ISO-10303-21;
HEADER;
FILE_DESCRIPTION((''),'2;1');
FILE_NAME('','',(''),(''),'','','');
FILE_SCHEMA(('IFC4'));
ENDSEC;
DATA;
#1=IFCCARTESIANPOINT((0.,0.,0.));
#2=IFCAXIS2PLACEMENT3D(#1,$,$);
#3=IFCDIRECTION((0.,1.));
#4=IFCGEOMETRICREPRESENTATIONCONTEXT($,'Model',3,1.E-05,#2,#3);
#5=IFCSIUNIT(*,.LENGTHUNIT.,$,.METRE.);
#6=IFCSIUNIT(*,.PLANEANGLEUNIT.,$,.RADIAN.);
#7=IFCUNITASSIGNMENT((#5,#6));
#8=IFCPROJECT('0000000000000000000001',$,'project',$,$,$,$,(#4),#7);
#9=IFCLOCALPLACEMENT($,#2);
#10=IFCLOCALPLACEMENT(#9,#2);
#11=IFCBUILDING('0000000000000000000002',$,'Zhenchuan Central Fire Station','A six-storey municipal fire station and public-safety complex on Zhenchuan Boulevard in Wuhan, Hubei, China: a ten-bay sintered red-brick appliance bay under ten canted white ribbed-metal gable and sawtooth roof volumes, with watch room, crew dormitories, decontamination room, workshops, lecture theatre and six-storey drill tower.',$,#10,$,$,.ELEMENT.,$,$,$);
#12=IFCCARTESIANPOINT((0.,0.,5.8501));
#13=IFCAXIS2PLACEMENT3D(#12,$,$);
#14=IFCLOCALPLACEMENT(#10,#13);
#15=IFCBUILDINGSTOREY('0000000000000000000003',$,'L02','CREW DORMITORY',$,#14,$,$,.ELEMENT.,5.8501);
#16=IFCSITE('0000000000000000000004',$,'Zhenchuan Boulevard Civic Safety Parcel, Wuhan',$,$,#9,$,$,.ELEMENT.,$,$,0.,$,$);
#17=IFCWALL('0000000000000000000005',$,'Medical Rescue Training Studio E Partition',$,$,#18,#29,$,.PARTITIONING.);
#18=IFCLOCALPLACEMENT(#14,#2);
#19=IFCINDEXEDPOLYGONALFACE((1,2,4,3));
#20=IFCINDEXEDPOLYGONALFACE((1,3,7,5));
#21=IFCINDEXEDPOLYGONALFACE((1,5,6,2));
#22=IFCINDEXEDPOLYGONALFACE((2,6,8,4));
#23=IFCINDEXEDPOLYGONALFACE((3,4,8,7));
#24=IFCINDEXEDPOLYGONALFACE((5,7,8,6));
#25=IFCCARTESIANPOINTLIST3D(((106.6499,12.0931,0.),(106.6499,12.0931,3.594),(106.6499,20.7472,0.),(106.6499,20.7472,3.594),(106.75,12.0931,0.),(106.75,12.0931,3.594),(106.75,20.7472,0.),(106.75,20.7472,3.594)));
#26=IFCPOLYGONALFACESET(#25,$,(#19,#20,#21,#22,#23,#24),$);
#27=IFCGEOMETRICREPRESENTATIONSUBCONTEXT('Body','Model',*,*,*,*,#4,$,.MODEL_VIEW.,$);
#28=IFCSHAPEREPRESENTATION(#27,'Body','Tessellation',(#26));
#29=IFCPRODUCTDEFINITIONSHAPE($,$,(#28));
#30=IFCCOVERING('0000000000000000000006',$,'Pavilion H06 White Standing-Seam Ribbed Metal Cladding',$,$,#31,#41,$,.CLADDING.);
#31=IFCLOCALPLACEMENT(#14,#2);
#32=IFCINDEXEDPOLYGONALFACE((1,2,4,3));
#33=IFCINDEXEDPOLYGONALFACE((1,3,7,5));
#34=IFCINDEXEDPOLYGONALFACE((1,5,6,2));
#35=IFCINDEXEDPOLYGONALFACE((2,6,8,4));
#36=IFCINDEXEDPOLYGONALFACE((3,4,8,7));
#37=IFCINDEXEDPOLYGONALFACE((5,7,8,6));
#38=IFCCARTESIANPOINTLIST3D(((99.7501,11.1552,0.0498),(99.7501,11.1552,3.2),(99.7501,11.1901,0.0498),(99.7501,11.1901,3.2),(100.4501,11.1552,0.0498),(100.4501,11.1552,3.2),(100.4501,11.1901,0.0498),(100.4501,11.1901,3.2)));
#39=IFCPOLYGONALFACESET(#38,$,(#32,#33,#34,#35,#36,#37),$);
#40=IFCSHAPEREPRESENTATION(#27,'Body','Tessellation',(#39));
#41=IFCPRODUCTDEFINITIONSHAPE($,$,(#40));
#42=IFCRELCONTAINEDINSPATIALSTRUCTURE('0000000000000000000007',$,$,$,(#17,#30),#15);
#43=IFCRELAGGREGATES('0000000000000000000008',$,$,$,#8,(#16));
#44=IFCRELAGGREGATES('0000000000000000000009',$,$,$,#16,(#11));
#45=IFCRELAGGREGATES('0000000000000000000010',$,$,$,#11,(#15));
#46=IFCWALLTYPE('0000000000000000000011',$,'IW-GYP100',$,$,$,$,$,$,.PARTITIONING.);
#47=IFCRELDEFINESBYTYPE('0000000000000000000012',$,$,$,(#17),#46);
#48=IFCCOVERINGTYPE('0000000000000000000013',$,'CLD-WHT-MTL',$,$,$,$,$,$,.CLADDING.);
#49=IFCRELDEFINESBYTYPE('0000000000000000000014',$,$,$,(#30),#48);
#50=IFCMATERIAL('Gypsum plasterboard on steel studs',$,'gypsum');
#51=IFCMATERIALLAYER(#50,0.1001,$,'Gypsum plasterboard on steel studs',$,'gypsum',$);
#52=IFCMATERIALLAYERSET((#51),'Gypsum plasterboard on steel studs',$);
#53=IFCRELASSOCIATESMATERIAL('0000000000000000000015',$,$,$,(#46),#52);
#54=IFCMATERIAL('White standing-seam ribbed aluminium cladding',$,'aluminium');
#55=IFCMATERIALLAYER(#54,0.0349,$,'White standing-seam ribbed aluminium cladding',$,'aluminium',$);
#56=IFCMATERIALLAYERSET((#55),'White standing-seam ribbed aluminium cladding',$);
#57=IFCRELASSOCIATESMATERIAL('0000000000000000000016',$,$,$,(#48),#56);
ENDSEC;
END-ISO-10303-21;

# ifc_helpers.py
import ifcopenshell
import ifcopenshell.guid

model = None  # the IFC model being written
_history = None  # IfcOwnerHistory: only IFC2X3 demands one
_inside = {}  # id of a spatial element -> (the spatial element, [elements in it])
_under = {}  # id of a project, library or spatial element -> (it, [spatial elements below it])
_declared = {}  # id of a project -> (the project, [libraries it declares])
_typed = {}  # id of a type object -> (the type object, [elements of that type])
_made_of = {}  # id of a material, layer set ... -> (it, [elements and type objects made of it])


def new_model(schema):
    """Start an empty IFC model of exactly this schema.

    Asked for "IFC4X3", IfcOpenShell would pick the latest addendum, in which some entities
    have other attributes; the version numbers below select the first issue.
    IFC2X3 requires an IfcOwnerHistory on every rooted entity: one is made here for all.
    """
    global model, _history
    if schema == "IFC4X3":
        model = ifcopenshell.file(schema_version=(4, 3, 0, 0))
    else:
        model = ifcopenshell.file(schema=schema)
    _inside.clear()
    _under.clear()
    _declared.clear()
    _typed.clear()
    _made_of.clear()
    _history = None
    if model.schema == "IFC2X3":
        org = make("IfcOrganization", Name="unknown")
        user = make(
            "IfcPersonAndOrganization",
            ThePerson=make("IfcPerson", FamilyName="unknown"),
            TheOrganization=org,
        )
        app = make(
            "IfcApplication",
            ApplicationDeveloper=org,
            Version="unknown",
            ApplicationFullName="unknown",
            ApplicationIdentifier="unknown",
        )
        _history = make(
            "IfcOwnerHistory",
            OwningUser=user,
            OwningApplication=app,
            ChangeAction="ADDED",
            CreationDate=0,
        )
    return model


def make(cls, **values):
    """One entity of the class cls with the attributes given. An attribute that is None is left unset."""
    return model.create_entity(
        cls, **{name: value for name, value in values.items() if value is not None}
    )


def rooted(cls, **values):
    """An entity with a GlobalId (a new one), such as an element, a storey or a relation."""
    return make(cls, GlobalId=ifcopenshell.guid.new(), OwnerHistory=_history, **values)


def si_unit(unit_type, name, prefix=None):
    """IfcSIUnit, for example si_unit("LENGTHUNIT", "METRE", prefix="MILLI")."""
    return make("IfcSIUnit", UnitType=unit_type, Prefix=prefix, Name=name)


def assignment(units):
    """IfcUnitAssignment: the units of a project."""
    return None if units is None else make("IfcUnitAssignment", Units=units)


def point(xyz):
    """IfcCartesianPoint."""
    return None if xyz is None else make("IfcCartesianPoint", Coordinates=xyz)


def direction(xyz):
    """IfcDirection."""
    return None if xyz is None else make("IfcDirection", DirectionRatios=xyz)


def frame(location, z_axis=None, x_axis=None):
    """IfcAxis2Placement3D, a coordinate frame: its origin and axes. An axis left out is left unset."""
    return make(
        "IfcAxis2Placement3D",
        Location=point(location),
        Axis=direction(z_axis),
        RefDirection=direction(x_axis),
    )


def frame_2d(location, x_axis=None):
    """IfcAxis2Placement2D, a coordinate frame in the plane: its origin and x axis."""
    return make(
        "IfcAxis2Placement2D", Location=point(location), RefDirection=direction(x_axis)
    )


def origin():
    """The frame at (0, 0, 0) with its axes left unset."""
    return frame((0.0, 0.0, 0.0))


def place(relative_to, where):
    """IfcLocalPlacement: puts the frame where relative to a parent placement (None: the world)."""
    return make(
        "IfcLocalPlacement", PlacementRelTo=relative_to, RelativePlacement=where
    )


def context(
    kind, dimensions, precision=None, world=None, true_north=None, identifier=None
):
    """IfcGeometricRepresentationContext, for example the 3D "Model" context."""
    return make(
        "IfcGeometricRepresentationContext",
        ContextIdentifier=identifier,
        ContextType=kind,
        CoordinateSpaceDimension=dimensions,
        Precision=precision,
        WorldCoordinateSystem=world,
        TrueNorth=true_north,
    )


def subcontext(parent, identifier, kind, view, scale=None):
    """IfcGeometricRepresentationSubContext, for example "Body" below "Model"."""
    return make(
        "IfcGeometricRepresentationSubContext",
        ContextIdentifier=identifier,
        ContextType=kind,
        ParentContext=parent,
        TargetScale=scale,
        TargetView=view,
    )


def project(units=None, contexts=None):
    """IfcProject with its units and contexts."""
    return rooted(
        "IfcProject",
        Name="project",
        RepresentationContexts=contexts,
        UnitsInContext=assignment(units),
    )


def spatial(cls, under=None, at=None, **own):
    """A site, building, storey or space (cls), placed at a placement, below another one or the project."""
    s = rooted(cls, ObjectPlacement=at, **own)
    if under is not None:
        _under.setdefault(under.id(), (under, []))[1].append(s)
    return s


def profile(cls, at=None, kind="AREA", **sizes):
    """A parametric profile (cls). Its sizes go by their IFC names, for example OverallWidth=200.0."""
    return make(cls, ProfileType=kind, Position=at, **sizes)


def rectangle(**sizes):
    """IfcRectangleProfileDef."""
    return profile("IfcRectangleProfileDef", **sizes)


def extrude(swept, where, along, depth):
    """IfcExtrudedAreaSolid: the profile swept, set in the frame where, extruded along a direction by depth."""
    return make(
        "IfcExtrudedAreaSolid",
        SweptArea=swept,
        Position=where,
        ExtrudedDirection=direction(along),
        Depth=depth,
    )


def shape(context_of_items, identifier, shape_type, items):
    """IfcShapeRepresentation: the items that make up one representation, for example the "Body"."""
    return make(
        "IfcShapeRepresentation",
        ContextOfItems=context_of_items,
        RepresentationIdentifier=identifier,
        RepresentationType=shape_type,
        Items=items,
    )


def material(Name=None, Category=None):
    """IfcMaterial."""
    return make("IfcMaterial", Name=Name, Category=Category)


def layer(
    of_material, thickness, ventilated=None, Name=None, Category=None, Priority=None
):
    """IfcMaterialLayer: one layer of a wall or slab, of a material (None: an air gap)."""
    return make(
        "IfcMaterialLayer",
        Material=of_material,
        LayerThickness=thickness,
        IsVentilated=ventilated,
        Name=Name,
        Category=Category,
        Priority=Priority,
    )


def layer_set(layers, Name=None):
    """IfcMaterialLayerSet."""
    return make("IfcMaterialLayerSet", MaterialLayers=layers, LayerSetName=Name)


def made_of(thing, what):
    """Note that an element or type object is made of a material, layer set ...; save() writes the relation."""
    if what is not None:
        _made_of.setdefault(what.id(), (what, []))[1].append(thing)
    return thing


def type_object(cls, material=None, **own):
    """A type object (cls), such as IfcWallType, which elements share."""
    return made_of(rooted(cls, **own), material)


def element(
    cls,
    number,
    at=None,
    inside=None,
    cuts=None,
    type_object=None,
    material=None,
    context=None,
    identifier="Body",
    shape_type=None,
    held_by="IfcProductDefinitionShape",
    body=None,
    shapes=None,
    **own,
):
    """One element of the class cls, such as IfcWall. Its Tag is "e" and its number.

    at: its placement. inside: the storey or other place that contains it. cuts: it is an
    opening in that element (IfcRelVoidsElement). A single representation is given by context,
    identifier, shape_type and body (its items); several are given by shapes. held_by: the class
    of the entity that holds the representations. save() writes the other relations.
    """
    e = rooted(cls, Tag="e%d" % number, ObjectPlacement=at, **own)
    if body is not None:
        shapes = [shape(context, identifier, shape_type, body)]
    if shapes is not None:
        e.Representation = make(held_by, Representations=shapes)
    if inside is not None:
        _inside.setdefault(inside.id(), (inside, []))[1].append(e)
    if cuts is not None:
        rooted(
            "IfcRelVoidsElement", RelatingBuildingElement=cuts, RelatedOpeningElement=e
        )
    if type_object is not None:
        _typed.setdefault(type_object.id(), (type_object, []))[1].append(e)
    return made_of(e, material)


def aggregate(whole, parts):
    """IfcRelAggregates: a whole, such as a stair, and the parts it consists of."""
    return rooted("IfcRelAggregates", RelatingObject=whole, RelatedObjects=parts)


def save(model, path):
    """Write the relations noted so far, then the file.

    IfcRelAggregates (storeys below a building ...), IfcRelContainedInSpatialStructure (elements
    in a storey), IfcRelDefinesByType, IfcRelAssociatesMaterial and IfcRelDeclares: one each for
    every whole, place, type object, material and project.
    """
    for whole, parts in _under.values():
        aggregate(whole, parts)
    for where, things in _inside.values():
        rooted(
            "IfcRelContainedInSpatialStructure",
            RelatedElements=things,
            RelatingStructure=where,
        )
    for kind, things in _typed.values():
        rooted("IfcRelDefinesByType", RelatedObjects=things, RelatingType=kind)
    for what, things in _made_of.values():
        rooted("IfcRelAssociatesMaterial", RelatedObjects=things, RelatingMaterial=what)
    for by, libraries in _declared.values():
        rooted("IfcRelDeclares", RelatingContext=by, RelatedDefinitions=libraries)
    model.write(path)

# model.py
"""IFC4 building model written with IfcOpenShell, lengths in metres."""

from ifc_helpers import new_model, si_unit, direction, frame, frame_2d, origin, place, context, subcontext, project, spatial, rectangle, extrude, material, layer, layer_set, type_object, element, save


model = new_model("IFC4")

# Units and contexts
model_context = context("Model", 3, precision=1e-05, world=origin(), true_north=direction((0.0, 1.0)))
body_context = subcontext(model_context, "Body", "Model", "MODEL_VIEW")
ifc_project = project(units=[si_unit("LENGTHUNIT", "METRE"), si_unit("PLANEANGLEUNIT", "RADIAN")], contexts=[model_context])

# Site, building, storey
site_placement = place(None, origin())
site = spatial("IfcSite", under=ifc_project, at=site_placement, Name="Zhenchuan Boulevard Civic Safety Parcel, Wuhan", CompositionType="ELEMENT", RefElevation=0.0)
building_placement = place(site_placement, origin())
building = spatial("IfcBuilding", under=site, at=building_placement, Name="Zhenchuan Central Fire Station", Description="A six-storey municipal fire station and public-safety complex on Zhenchuan Boulevard in Wuhan, Hubei, China: a ten-bay sintered red-brick appliance bay under ten canted white ribbed-metal gable and sawtooth roof volumes, with watch room, crew dormitories, decontamination room, workshops, lecture theatre and six-storey drill tower.", CompositionType="ELEMENT")
storey_placement = place(building_placement, frame((0.0, 0.0, 5.8501)))
storey = spatial("IfcBuildingStorey", under=building, at=storey_placement, Name="L02", Description="CREW DORMITORY", CompositionType="ELEMENT", Elevation=5.8501)

# Wall
ifc_material_1 = material(Name="Gypsum plasterboard on steel studs", Category="gypsum")
ifc_layer_1 = layer(ifc_material_1, 0.1001, Name="Gypsum plasterboard on steel studs", Category="gypsum")
ifc_layer_set_1 = layer_set([ifc_layer_1], Name="Gypsum plasterboard on steel studs")
wall_type_1 = type_object("IfcWallType", Name="IW-GYP100", PredefinedType="PARTITIONING", material=ifc_layer_set_1)
wall_1_placement = place(storey_placement, frame((106.7, 12.093, 0.0), z_axis=(0.0, 0.0, 1.0), x_axis=(0.0, 1.0, 0.0)))
element("IfcWall", 1, at=wall_1_placement, inside=storey, type_object=wall_type_1, Name="Medical Rescue Training Studio E Partition", PredefinedType="PARTITIONING", context=body_context, shape_type="SweptSolid", body=[
    extrude(rectangle(XDim=8.6541, YDim=0.1001, at=frame_2d((4.3271, 0.0))), origin(), (0.0, 0.0, 1.0), 3.594),
])

# Covering
ifc_material_2 = material(Name="White standing-seam ribbed aluminium cladding", Category="aluminium")
ifc_layer_2 = layer(ifc_material_2, 0.0349, Name="White standing-seam ribbed aluminium cladding", Category="aluminium")
ifc_layer_set_2 = layer_set([ifc_layer_2], Name="White standing-seam ribbed aluminium cladding")
covering_type = type_object("IfcCoveringType", Name="CLD-WHT-MTL", PredefinedType="CLADDING", material=ifc_layer_set_2)
covering_placement = place(storey_placement, frame((99.75, 11.1726, 0.0498), z_axis=(0.0, 0.0, 1.0), x_axis=(1.0, 0.0, 0.0)))
element("IfcCovering", 2, at=covering_placement, inside=storey, type_object=covering_type, Name="Pavilion H06 White Standing-Seam Ribbed Metal Cladding", PredefinedType="CLADDING", context=body_context, shape_type="SweptSolid", body=[
    extrude(rectangle(XDim=0.7, YDim=0.0349, at=frame_2d((0.3501, 0.0))), origin(), (0.0, 0.0, 1.0), 3.1501),
])

save(model, "model.ifc")
